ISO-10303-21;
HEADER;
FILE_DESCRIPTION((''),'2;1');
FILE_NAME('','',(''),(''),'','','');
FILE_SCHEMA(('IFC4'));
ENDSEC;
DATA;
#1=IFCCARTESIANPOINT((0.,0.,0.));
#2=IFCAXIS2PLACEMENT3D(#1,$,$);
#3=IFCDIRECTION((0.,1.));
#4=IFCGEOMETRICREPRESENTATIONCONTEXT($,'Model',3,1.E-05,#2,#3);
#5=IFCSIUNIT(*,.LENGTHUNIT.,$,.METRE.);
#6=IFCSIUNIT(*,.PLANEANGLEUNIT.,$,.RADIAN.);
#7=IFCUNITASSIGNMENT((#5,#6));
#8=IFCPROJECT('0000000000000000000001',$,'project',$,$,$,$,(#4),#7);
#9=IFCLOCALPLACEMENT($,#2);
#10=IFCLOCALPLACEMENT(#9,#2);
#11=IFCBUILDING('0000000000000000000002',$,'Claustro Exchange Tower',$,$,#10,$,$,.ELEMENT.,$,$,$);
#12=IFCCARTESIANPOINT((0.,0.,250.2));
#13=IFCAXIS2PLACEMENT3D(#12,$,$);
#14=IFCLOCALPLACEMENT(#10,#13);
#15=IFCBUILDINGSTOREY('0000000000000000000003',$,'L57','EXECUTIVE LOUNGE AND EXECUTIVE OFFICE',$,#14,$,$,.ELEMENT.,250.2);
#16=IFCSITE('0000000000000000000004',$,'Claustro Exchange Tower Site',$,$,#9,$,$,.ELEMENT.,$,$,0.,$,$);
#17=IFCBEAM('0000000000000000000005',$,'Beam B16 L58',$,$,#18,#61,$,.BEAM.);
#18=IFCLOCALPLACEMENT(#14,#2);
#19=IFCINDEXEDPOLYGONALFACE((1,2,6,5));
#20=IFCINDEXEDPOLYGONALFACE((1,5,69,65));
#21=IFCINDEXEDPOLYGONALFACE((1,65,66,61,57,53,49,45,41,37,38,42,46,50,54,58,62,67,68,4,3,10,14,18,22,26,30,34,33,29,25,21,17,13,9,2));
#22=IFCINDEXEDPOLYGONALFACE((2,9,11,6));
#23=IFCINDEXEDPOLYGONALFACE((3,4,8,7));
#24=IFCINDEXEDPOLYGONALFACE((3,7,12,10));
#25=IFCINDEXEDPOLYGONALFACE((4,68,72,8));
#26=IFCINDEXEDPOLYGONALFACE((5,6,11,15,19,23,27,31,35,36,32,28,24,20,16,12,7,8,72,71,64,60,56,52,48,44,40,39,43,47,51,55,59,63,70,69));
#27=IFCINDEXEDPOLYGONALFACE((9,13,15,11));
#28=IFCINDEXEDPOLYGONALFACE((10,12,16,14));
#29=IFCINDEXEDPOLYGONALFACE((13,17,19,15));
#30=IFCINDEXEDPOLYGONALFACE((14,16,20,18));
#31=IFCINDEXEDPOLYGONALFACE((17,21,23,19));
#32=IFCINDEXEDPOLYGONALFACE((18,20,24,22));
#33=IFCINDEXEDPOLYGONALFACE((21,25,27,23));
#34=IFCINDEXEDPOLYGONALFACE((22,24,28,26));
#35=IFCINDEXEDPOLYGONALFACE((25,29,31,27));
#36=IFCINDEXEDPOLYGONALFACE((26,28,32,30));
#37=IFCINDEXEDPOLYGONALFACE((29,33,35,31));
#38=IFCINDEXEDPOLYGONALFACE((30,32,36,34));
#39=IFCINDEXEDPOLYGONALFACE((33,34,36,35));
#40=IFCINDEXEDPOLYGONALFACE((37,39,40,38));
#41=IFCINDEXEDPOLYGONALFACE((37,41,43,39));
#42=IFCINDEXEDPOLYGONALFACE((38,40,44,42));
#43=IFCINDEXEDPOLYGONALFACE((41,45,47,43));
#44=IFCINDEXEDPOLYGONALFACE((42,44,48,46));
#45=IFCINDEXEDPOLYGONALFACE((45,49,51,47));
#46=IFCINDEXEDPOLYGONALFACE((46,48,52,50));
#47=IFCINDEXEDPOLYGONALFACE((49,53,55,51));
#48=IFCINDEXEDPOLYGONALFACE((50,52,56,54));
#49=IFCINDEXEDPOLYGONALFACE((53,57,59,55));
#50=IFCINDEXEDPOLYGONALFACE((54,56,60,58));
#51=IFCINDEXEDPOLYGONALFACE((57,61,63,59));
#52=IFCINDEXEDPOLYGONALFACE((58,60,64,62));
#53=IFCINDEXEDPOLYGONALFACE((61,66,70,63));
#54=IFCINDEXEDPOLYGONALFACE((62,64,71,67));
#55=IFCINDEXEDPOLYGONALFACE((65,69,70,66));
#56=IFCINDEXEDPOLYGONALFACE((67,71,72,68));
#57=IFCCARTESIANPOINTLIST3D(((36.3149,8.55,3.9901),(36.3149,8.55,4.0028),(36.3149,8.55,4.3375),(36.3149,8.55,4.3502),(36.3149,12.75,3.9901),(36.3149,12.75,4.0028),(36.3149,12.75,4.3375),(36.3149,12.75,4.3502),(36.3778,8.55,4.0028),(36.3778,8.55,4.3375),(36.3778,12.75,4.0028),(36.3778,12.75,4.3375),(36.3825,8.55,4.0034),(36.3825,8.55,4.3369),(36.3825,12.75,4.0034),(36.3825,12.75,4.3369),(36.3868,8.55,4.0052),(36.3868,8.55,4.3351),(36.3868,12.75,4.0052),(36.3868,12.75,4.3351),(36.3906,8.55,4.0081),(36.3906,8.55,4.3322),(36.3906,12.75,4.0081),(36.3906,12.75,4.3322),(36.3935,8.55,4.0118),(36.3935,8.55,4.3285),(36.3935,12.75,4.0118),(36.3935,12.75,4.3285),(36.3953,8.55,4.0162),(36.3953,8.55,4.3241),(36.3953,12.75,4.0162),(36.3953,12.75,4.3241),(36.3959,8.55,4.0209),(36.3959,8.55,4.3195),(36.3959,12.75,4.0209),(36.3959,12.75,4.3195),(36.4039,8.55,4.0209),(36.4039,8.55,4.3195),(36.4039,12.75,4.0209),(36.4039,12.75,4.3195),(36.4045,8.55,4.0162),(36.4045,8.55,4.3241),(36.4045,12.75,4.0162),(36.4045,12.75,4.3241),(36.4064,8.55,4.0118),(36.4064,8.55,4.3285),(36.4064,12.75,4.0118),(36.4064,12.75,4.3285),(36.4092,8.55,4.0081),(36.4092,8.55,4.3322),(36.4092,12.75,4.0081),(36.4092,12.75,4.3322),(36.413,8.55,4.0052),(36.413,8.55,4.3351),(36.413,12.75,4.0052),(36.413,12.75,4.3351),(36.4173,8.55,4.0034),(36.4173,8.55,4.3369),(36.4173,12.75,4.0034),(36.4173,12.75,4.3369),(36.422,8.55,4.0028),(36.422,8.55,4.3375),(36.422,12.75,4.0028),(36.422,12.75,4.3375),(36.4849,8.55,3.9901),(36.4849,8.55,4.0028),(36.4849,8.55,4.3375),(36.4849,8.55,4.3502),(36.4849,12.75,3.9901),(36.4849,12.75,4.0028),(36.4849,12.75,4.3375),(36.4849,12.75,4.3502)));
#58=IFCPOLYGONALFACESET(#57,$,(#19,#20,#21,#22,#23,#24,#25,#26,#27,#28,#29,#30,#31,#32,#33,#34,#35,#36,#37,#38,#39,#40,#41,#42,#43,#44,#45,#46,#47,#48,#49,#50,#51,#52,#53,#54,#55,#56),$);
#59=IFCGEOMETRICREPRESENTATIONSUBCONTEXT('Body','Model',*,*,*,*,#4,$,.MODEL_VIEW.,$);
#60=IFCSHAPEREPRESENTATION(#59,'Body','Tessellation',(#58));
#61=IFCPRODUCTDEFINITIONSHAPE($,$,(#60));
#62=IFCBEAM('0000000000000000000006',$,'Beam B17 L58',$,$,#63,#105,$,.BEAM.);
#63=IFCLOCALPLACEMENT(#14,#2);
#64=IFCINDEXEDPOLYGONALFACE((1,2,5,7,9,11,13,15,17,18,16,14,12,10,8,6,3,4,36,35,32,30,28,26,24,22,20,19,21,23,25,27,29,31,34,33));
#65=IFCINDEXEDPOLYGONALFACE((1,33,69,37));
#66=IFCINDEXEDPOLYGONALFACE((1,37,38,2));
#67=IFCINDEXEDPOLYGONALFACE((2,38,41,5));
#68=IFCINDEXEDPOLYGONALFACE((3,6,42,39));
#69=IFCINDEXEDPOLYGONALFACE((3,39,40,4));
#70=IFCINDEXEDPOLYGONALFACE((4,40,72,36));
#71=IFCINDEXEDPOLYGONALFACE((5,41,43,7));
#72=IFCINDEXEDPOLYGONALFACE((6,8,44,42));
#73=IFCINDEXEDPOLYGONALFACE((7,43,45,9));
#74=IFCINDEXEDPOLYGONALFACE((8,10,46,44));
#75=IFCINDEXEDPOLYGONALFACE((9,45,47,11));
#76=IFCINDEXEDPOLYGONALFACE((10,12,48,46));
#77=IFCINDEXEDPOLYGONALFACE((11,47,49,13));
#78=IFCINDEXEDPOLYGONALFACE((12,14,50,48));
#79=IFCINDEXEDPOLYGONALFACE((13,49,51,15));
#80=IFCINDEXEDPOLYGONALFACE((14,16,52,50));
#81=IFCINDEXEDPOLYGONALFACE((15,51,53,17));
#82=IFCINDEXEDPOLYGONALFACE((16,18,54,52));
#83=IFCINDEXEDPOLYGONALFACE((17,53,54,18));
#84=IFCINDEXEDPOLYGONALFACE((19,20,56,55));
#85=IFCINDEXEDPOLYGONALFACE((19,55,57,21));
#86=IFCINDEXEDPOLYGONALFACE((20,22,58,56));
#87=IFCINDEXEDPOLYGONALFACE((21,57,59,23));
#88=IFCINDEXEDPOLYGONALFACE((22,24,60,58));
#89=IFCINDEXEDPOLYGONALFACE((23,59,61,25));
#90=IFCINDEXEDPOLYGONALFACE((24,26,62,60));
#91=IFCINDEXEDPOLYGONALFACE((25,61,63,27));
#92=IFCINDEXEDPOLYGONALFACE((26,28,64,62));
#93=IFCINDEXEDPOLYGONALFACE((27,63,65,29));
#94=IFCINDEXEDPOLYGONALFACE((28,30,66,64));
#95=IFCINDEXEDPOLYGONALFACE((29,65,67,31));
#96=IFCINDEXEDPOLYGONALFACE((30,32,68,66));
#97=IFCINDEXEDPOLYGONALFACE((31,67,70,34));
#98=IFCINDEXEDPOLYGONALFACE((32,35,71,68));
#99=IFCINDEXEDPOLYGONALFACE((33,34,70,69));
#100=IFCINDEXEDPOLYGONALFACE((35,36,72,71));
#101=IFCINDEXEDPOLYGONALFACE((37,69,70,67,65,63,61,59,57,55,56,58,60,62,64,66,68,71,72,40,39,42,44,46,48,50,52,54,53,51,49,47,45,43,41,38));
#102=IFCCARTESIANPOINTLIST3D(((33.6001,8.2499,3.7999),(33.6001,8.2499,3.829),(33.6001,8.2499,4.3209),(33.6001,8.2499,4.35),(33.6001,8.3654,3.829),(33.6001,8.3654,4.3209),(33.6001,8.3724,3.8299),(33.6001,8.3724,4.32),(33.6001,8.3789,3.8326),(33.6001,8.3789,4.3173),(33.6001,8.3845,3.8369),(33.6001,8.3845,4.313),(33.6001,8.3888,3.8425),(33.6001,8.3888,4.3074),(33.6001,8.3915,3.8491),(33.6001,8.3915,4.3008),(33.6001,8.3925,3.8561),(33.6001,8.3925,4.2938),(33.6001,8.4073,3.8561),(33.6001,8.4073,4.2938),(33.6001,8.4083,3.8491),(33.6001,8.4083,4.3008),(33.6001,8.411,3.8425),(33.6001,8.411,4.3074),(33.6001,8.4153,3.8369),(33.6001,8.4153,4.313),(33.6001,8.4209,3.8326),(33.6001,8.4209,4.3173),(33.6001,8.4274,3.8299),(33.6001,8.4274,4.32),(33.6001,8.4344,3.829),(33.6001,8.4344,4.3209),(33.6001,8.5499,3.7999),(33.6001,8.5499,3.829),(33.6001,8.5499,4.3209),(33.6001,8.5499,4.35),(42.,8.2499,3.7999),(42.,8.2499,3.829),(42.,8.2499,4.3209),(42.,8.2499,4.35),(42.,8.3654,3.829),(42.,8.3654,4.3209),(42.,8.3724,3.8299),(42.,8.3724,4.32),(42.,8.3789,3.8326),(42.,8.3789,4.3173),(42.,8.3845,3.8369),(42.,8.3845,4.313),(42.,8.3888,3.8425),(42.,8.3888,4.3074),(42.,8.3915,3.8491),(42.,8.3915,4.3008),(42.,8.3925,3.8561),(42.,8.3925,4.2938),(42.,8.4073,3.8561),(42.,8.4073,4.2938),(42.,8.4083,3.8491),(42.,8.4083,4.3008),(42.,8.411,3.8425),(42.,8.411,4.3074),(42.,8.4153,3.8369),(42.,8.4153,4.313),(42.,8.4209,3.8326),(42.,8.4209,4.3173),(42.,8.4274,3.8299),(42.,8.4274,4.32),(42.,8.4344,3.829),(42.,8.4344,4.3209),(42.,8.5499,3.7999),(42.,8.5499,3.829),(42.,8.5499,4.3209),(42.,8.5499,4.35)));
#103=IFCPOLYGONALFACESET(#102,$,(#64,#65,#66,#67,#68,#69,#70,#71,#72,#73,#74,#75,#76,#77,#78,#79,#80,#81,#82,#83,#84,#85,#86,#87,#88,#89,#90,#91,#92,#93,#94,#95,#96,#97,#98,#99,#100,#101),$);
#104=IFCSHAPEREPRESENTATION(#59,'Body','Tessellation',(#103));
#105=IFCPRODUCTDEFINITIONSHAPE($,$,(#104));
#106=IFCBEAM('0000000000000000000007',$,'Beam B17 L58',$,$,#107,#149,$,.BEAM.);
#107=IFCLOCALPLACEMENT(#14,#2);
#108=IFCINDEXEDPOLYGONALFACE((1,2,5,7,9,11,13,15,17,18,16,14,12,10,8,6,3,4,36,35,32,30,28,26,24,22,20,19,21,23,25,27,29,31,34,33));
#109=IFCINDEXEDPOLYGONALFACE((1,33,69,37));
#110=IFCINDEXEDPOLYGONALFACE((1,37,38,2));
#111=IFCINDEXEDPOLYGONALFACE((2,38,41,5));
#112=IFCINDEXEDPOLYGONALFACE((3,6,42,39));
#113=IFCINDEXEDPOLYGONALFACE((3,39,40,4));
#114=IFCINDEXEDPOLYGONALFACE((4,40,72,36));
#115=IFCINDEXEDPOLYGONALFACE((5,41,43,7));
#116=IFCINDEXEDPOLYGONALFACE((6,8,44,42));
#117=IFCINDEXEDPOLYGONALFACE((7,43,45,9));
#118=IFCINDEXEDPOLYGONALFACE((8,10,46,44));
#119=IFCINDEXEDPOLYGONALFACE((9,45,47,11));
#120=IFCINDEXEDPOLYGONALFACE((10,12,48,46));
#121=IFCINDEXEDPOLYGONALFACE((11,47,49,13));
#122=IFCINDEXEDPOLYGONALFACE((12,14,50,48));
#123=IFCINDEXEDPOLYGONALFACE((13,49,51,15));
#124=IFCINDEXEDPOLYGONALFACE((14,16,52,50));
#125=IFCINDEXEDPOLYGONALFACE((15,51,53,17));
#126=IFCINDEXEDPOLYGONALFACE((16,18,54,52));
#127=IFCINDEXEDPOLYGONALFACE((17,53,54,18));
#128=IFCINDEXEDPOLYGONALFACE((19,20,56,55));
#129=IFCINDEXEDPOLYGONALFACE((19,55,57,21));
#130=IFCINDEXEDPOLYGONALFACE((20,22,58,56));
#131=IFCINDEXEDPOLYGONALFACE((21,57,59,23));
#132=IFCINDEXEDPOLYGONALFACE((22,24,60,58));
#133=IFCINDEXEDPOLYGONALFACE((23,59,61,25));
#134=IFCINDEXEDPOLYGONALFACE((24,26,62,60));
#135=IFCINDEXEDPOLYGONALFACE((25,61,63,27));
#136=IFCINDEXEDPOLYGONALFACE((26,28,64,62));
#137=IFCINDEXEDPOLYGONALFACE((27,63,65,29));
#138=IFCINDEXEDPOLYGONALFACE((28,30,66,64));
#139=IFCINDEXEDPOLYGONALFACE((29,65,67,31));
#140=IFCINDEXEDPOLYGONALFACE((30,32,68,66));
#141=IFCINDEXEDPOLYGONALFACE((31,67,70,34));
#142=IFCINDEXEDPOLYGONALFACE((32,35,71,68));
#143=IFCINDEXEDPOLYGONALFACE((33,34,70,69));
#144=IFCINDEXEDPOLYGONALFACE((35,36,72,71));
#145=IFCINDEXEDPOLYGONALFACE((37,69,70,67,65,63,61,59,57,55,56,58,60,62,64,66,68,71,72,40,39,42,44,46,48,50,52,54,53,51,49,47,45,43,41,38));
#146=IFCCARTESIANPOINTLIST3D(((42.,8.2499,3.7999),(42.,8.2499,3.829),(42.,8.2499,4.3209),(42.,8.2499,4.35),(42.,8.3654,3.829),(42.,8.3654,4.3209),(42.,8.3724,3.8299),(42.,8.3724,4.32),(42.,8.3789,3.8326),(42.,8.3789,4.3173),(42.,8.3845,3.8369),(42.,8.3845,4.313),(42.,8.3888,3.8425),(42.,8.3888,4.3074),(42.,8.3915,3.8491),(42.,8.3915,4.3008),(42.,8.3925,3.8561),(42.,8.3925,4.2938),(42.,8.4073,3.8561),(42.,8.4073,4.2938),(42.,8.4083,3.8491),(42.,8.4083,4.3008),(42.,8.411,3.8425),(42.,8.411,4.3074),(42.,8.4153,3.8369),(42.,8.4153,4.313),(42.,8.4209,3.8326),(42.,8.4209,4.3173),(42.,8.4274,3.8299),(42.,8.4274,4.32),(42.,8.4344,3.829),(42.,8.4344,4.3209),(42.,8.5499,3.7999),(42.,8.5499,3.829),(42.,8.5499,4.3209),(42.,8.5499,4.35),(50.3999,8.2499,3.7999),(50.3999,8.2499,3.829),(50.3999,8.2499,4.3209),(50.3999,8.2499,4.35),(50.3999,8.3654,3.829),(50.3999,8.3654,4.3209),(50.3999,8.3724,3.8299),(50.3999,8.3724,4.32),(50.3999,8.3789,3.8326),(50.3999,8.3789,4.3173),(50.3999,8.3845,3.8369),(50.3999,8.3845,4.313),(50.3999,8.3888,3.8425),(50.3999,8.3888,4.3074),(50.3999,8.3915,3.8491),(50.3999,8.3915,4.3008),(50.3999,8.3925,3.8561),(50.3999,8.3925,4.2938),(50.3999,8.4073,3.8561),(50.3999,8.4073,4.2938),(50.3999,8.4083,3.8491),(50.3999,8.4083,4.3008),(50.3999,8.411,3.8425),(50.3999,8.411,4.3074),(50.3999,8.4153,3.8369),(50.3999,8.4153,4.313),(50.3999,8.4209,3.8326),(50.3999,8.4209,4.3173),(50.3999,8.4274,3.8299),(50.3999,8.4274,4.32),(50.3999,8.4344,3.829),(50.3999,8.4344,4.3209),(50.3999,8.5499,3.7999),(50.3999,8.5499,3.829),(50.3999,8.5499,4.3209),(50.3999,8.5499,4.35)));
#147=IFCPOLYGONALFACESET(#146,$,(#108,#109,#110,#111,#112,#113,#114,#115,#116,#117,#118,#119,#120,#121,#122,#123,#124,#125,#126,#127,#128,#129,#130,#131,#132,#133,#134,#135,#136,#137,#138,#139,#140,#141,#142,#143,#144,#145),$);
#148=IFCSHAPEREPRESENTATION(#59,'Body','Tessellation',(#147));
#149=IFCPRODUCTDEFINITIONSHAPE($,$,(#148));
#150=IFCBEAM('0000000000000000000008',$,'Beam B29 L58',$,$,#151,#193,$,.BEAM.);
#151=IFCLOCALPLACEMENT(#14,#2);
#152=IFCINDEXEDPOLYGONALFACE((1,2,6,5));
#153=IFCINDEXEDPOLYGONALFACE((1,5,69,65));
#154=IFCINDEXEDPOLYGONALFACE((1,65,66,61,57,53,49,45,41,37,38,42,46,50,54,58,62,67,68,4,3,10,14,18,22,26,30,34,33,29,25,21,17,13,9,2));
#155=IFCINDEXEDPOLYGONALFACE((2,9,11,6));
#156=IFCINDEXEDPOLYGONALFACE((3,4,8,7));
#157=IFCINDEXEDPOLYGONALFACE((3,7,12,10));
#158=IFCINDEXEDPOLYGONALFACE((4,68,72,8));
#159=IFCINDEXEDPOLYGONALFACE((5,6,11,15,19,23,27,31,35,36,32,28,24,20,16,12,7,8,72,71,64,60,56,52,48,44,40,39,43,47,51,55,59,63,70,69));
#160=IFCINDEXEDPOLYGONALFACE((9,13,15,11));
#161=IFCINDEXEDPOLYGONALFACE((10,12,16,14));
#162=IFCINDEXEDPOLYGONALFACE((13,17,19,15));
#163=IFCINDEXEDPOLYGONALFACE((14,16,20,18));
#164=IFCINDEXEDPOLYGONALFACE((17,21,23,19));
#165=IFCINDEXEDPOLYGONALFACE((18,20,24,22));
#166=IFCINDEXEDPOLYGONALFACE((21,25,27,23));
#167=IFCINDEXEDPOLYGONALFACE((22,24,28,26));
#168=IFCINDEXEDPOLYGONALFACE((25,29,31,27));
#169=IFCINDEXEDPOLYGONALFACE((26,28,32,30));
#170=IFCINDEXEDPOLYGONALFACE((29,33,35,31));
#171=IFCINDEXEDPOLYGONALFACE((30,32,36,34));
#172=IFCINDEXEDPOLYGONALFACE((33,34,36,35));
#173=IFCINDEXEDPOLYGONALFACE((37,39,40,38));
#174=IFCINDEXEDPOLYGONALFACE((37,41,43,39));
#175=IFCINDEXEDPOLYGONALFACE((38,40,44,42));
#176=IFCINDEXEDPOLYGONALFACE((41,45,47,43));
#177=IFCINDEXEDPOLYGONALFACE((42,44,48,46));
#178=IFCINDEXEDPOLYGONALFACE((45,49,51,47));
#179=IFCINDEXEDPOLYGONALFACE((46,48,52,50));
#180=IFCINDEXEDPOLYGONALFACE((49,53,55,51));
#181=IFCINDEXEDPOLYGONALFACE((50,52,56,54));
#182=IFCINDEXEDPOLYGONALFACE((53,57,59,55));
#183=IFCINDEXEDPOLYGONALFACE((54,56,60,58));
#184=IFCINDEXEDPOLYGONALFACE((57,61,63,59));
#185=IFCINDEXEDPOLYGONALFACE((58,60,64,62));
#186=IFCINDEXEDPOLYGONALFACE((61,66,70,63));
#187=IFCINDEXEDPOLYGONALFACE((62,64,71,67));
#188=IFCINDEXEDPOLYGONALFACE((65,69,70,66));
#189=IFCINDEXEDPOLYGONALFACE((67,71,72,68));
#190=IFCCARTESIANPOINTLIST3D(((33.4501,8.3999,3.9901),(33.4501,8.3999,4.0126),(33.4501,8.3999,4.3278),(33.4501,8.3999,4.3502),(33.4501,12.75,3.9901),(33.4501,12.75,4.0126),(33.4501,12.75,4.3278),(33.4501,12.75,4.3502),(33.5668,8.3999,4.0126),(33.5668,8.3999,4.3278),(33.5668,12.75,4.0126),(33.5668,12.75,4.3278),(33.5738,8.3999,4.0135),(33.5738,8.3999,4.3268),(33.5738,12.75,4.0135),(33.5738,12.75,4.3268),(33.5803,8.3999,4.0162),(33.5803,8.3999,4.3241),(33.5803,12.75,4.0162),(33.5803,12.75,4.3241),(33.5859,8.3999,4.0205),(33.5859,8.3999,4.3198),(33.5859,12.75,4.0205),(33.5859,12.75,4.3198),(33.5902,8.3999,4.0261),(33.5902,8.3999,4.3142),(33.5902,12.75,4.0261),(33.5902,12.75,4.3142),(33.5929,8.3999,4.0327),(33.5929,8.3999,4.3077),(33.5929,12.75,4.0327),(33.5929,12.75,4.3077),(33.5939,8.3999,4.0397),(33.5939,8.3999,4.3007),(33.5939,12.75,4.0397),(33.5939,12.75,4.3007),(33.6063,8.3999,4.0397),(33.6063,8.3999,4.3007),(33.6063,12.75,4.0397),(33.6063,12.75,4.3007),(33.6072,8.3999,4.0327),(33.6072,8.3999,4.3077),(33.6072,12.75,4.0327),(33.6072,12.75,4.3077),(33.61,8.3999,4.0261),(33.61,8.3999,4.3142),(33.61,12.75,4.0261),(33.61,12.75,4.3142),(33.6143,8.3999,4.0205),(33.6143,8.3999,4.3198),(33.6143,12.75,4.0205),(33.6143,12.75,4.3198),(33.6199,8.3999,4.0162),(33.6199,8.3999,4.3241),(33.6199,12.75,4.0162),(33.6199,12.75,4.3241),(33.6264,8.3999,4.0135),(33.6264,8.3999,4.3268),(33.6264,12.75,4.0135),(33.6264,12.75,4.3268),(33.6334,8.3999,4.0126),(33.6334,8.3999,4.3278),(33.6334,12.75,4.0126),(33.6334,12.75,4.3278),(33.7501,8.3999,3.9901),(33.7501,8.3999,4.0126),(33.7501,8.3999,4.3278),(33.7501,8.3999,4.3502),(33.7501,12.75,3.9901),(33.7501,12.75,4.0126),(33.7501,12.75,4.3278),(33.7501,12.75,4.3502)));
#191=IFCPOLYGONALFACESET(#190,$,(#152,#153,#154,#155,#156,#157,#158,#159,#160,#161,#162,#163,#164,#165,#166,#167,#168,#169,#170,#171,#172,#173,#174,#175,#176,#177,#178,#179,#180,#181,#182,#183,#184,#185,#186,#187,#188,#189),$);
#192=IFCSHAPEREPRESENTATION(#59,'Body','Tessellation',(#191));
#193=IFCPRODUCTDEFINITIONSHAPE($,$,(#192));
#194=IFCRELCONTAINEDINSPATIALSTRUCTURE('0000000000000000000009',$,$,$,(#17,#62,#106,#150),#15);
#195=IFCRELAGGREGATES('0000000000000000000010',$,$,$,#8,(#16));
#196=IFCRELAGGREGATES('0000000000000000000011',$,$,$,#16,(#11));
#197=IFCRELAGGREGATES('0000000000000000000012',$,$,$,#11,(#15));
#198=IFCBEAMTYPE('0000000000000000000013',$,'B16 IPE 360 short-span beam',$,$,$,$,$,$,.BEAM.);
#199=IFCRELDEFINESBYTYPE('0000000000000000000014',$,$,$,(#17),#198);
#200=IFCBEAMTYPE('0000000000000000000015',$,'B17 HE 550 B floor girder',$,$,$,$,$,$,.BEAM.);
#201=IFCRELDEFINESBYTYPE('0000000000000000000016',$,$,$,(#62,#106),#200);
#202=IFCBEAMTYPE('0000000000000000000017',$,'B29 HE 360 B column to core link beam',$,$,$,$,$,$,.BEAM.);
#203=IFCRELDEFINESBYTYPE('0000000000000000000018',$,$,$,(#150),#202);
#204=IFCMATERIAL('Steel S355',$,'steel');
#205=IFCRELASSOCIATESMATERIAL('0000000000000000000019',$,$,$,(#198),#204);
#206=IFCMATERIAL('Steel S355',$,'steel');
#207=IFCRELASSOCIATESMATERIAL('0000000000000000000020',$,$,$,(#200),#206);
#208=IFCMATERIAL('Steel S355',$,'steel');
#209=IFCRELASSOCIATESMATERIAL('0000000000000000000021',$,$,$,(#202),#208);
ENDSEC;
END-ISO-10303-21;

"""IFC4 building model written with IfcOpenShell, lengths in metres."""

from ifc_helpers import new_model, si_unit, direction, frame, origin, origin_2d, place, context, subcontext, project, spatial, i_section, extrude, material, material_profile, profile_set, type_object, element, save


model = new_model("IFC4")

# Units and contexts
model_context = context("Model", 3, precision=1e-05, world=origin(), true_north=direction((0.0, 1.0)))
body_context = subcontext(model_context, "Body", "Model", "MODEL_VIEW")
ifc_project = project(units=[si_unit("LENGTHUNIT", "METRE"), si_unit("PLANEANGLEUNIT", "RADIAN")], contexts=[model_context])

# Site, building, storey
site_placement = place(None, origin())
site = spatial("IfcSite", under=ifc_project, at=site_placement, Name="Claustro Exchange Tower Site", CompositionType="ELEMENT", RefElevation=0.0)
building_placement = place(site_placement, origin())
building = spatial("IfcBuilding", under=site, at=building_placement, Name="Claustro Exchange Tower", CompositionType="ELEMENT")
storey_placement = place(building_placement, frame((0.0, 0.0, 250.2)))
storey = spatial("IfcBuildingStorey", under=building, at=storey_placement, Name="L57", Description="EXECUTIVE LOUNGE AND EXECUTIVE OFFICE", CompositionType="ELEMENT", Elevation=250.2)

# Beams
ifc_material_1 = material(Name="Steel S355", Category="steel")
ifc_material_profile_1 = material_profile(ifc_material_1, i_section(OverallWidth=0.1699, OverallDepth=0.3601, WebThickness=0.0081, FlangeThickness=0.0127, FilletRadius=0.0181, at=origin_2d()), Name="IPE 360")
ifc_profile_set_1 = profile_set([ifc_material_profile_1], Name="Steel S355")
beam_type_1 = type_object("IfcBeamType", Name="B16 IPE 360 short-span beam", PredefinedType="BEAM", material=ifc_profile_set_1)
beam_1_placement = place(storey_placement, frame((36.3999, 8.55, 4.1702), z_axis=(0.0, 1.0, 0.0), x_axis=(-1.0, 0.0, 0.0)))
element("IfcBeam", 1, at=beam_1_placement, inside=storey, type_object=beam_type_1, Name="Beam B16 L58", PredefinedType="BEAM", context=body_context, shape_type="SweptSolid", body=[
    extrude(i_section(OverallWidth=0.1699, OverallDepth=0.3601, WebThickness=0.0081, FlangeThickness=0.0127, FilletRadius=0.0181, at=origin_2d()), origin(), (0.0, 0.0, 1.0), 4.2),
])
ifc_material_2 = material(Name="Steel S355", Category="steel")
ifc_material_profile_2 = material_profile(ifc_material_2, i_section(OverallWidth=0.3, OverallDepth=0.55, WebThickness=0.0149, FlangeThickness=0.0291, FilletRadius=0.0271, at=origin_2d()), Name="HE 550 B")
ifc_profile_set_2 = profile_set([ifc_material_profile_2], Name="Steel S355")
beam_type_2 = type_object("IfcBeamType", Name="B17 HE 550 B floor girder", PredefinedType="BEAM", material=ifc_profile_set_2)
for number, where, z_axis, x_axis, name in (
    (2, (33.6001, 8.3999, 4.075), (1.0, 0.0, 0.0), (0.0, 1.0, 0.0), "Beam B17 L58"),
    (3, (42.0, 8.3999, 4.075), (1.0, 0.0, 0.0), (0.0, 1.0, 0.0), "Beam B17 L58"),
):
    element("IfcBeam", number, at=place(storey_placement, frame(where, z_axis=z_axis, x_axis=x_axis)), inside=storey, type_object=beam_type_2, Name=name, PredefinedType="BEAM", context=body_context, shape_type="SweptSolid", body=[
        extrude(i_section(OverallWidth=0.3, OverallDepth=0.55, WebThickness=0.0149, FlangeThickness=0.0291, FilletRadius=0.0271, at=origin_2d()), origin(), (0.0, 0.0, 1.0), 8.3999),
    ])
ifc_material_3 = material(Name="Steel S355", Category="steel")
ifc_material_profile_3 = material_profile(ifc_material_3, i_section(OverallWidth=0.3, OverallDepth=0.3601, WebThickness=0.0125, FlangeThickness=0.0225, FilletRadius=0.0271, at=origin_2d()), Name="HE 360 B")
ifc_profile_set_3 = profile_set([ifc_material_profile_3], Name="Steel S355")
beam_type_3 = type_object("IfcBeamType", Name="B29 HE 360 B column to core link beam", PredefinedType="BEAM", material=ifc_profile_set_3)
for number, where, z_axis, x_axis, name in (
    (4, (33.6001, 8.3999, 4.1702), (0.0, 1.0, 0.0), (-1.0, 0.0, 0.0), "Beam B29 L58"),
):
    element("IfcBeam", number, at=place(storey_placement, frame(where, z_axis=z_axis, x_axis=x_axis)), inside=storey, type_object=beam_type_3, Name=name, PredefinedType="BEAM", context=body_context, shape_type="SweptSolid", body=[
        extrude(i_section(OverallWidth=0.3, OverallDepth=0.3601, WebThickness=0.0125, FlangeThickness=0.0225, FilletRadius=0.0271, at=origin_2d()), origin(), (0.0, 0.0, 1.0), 4.3501),
    ])

save(model, "model.ifc")
